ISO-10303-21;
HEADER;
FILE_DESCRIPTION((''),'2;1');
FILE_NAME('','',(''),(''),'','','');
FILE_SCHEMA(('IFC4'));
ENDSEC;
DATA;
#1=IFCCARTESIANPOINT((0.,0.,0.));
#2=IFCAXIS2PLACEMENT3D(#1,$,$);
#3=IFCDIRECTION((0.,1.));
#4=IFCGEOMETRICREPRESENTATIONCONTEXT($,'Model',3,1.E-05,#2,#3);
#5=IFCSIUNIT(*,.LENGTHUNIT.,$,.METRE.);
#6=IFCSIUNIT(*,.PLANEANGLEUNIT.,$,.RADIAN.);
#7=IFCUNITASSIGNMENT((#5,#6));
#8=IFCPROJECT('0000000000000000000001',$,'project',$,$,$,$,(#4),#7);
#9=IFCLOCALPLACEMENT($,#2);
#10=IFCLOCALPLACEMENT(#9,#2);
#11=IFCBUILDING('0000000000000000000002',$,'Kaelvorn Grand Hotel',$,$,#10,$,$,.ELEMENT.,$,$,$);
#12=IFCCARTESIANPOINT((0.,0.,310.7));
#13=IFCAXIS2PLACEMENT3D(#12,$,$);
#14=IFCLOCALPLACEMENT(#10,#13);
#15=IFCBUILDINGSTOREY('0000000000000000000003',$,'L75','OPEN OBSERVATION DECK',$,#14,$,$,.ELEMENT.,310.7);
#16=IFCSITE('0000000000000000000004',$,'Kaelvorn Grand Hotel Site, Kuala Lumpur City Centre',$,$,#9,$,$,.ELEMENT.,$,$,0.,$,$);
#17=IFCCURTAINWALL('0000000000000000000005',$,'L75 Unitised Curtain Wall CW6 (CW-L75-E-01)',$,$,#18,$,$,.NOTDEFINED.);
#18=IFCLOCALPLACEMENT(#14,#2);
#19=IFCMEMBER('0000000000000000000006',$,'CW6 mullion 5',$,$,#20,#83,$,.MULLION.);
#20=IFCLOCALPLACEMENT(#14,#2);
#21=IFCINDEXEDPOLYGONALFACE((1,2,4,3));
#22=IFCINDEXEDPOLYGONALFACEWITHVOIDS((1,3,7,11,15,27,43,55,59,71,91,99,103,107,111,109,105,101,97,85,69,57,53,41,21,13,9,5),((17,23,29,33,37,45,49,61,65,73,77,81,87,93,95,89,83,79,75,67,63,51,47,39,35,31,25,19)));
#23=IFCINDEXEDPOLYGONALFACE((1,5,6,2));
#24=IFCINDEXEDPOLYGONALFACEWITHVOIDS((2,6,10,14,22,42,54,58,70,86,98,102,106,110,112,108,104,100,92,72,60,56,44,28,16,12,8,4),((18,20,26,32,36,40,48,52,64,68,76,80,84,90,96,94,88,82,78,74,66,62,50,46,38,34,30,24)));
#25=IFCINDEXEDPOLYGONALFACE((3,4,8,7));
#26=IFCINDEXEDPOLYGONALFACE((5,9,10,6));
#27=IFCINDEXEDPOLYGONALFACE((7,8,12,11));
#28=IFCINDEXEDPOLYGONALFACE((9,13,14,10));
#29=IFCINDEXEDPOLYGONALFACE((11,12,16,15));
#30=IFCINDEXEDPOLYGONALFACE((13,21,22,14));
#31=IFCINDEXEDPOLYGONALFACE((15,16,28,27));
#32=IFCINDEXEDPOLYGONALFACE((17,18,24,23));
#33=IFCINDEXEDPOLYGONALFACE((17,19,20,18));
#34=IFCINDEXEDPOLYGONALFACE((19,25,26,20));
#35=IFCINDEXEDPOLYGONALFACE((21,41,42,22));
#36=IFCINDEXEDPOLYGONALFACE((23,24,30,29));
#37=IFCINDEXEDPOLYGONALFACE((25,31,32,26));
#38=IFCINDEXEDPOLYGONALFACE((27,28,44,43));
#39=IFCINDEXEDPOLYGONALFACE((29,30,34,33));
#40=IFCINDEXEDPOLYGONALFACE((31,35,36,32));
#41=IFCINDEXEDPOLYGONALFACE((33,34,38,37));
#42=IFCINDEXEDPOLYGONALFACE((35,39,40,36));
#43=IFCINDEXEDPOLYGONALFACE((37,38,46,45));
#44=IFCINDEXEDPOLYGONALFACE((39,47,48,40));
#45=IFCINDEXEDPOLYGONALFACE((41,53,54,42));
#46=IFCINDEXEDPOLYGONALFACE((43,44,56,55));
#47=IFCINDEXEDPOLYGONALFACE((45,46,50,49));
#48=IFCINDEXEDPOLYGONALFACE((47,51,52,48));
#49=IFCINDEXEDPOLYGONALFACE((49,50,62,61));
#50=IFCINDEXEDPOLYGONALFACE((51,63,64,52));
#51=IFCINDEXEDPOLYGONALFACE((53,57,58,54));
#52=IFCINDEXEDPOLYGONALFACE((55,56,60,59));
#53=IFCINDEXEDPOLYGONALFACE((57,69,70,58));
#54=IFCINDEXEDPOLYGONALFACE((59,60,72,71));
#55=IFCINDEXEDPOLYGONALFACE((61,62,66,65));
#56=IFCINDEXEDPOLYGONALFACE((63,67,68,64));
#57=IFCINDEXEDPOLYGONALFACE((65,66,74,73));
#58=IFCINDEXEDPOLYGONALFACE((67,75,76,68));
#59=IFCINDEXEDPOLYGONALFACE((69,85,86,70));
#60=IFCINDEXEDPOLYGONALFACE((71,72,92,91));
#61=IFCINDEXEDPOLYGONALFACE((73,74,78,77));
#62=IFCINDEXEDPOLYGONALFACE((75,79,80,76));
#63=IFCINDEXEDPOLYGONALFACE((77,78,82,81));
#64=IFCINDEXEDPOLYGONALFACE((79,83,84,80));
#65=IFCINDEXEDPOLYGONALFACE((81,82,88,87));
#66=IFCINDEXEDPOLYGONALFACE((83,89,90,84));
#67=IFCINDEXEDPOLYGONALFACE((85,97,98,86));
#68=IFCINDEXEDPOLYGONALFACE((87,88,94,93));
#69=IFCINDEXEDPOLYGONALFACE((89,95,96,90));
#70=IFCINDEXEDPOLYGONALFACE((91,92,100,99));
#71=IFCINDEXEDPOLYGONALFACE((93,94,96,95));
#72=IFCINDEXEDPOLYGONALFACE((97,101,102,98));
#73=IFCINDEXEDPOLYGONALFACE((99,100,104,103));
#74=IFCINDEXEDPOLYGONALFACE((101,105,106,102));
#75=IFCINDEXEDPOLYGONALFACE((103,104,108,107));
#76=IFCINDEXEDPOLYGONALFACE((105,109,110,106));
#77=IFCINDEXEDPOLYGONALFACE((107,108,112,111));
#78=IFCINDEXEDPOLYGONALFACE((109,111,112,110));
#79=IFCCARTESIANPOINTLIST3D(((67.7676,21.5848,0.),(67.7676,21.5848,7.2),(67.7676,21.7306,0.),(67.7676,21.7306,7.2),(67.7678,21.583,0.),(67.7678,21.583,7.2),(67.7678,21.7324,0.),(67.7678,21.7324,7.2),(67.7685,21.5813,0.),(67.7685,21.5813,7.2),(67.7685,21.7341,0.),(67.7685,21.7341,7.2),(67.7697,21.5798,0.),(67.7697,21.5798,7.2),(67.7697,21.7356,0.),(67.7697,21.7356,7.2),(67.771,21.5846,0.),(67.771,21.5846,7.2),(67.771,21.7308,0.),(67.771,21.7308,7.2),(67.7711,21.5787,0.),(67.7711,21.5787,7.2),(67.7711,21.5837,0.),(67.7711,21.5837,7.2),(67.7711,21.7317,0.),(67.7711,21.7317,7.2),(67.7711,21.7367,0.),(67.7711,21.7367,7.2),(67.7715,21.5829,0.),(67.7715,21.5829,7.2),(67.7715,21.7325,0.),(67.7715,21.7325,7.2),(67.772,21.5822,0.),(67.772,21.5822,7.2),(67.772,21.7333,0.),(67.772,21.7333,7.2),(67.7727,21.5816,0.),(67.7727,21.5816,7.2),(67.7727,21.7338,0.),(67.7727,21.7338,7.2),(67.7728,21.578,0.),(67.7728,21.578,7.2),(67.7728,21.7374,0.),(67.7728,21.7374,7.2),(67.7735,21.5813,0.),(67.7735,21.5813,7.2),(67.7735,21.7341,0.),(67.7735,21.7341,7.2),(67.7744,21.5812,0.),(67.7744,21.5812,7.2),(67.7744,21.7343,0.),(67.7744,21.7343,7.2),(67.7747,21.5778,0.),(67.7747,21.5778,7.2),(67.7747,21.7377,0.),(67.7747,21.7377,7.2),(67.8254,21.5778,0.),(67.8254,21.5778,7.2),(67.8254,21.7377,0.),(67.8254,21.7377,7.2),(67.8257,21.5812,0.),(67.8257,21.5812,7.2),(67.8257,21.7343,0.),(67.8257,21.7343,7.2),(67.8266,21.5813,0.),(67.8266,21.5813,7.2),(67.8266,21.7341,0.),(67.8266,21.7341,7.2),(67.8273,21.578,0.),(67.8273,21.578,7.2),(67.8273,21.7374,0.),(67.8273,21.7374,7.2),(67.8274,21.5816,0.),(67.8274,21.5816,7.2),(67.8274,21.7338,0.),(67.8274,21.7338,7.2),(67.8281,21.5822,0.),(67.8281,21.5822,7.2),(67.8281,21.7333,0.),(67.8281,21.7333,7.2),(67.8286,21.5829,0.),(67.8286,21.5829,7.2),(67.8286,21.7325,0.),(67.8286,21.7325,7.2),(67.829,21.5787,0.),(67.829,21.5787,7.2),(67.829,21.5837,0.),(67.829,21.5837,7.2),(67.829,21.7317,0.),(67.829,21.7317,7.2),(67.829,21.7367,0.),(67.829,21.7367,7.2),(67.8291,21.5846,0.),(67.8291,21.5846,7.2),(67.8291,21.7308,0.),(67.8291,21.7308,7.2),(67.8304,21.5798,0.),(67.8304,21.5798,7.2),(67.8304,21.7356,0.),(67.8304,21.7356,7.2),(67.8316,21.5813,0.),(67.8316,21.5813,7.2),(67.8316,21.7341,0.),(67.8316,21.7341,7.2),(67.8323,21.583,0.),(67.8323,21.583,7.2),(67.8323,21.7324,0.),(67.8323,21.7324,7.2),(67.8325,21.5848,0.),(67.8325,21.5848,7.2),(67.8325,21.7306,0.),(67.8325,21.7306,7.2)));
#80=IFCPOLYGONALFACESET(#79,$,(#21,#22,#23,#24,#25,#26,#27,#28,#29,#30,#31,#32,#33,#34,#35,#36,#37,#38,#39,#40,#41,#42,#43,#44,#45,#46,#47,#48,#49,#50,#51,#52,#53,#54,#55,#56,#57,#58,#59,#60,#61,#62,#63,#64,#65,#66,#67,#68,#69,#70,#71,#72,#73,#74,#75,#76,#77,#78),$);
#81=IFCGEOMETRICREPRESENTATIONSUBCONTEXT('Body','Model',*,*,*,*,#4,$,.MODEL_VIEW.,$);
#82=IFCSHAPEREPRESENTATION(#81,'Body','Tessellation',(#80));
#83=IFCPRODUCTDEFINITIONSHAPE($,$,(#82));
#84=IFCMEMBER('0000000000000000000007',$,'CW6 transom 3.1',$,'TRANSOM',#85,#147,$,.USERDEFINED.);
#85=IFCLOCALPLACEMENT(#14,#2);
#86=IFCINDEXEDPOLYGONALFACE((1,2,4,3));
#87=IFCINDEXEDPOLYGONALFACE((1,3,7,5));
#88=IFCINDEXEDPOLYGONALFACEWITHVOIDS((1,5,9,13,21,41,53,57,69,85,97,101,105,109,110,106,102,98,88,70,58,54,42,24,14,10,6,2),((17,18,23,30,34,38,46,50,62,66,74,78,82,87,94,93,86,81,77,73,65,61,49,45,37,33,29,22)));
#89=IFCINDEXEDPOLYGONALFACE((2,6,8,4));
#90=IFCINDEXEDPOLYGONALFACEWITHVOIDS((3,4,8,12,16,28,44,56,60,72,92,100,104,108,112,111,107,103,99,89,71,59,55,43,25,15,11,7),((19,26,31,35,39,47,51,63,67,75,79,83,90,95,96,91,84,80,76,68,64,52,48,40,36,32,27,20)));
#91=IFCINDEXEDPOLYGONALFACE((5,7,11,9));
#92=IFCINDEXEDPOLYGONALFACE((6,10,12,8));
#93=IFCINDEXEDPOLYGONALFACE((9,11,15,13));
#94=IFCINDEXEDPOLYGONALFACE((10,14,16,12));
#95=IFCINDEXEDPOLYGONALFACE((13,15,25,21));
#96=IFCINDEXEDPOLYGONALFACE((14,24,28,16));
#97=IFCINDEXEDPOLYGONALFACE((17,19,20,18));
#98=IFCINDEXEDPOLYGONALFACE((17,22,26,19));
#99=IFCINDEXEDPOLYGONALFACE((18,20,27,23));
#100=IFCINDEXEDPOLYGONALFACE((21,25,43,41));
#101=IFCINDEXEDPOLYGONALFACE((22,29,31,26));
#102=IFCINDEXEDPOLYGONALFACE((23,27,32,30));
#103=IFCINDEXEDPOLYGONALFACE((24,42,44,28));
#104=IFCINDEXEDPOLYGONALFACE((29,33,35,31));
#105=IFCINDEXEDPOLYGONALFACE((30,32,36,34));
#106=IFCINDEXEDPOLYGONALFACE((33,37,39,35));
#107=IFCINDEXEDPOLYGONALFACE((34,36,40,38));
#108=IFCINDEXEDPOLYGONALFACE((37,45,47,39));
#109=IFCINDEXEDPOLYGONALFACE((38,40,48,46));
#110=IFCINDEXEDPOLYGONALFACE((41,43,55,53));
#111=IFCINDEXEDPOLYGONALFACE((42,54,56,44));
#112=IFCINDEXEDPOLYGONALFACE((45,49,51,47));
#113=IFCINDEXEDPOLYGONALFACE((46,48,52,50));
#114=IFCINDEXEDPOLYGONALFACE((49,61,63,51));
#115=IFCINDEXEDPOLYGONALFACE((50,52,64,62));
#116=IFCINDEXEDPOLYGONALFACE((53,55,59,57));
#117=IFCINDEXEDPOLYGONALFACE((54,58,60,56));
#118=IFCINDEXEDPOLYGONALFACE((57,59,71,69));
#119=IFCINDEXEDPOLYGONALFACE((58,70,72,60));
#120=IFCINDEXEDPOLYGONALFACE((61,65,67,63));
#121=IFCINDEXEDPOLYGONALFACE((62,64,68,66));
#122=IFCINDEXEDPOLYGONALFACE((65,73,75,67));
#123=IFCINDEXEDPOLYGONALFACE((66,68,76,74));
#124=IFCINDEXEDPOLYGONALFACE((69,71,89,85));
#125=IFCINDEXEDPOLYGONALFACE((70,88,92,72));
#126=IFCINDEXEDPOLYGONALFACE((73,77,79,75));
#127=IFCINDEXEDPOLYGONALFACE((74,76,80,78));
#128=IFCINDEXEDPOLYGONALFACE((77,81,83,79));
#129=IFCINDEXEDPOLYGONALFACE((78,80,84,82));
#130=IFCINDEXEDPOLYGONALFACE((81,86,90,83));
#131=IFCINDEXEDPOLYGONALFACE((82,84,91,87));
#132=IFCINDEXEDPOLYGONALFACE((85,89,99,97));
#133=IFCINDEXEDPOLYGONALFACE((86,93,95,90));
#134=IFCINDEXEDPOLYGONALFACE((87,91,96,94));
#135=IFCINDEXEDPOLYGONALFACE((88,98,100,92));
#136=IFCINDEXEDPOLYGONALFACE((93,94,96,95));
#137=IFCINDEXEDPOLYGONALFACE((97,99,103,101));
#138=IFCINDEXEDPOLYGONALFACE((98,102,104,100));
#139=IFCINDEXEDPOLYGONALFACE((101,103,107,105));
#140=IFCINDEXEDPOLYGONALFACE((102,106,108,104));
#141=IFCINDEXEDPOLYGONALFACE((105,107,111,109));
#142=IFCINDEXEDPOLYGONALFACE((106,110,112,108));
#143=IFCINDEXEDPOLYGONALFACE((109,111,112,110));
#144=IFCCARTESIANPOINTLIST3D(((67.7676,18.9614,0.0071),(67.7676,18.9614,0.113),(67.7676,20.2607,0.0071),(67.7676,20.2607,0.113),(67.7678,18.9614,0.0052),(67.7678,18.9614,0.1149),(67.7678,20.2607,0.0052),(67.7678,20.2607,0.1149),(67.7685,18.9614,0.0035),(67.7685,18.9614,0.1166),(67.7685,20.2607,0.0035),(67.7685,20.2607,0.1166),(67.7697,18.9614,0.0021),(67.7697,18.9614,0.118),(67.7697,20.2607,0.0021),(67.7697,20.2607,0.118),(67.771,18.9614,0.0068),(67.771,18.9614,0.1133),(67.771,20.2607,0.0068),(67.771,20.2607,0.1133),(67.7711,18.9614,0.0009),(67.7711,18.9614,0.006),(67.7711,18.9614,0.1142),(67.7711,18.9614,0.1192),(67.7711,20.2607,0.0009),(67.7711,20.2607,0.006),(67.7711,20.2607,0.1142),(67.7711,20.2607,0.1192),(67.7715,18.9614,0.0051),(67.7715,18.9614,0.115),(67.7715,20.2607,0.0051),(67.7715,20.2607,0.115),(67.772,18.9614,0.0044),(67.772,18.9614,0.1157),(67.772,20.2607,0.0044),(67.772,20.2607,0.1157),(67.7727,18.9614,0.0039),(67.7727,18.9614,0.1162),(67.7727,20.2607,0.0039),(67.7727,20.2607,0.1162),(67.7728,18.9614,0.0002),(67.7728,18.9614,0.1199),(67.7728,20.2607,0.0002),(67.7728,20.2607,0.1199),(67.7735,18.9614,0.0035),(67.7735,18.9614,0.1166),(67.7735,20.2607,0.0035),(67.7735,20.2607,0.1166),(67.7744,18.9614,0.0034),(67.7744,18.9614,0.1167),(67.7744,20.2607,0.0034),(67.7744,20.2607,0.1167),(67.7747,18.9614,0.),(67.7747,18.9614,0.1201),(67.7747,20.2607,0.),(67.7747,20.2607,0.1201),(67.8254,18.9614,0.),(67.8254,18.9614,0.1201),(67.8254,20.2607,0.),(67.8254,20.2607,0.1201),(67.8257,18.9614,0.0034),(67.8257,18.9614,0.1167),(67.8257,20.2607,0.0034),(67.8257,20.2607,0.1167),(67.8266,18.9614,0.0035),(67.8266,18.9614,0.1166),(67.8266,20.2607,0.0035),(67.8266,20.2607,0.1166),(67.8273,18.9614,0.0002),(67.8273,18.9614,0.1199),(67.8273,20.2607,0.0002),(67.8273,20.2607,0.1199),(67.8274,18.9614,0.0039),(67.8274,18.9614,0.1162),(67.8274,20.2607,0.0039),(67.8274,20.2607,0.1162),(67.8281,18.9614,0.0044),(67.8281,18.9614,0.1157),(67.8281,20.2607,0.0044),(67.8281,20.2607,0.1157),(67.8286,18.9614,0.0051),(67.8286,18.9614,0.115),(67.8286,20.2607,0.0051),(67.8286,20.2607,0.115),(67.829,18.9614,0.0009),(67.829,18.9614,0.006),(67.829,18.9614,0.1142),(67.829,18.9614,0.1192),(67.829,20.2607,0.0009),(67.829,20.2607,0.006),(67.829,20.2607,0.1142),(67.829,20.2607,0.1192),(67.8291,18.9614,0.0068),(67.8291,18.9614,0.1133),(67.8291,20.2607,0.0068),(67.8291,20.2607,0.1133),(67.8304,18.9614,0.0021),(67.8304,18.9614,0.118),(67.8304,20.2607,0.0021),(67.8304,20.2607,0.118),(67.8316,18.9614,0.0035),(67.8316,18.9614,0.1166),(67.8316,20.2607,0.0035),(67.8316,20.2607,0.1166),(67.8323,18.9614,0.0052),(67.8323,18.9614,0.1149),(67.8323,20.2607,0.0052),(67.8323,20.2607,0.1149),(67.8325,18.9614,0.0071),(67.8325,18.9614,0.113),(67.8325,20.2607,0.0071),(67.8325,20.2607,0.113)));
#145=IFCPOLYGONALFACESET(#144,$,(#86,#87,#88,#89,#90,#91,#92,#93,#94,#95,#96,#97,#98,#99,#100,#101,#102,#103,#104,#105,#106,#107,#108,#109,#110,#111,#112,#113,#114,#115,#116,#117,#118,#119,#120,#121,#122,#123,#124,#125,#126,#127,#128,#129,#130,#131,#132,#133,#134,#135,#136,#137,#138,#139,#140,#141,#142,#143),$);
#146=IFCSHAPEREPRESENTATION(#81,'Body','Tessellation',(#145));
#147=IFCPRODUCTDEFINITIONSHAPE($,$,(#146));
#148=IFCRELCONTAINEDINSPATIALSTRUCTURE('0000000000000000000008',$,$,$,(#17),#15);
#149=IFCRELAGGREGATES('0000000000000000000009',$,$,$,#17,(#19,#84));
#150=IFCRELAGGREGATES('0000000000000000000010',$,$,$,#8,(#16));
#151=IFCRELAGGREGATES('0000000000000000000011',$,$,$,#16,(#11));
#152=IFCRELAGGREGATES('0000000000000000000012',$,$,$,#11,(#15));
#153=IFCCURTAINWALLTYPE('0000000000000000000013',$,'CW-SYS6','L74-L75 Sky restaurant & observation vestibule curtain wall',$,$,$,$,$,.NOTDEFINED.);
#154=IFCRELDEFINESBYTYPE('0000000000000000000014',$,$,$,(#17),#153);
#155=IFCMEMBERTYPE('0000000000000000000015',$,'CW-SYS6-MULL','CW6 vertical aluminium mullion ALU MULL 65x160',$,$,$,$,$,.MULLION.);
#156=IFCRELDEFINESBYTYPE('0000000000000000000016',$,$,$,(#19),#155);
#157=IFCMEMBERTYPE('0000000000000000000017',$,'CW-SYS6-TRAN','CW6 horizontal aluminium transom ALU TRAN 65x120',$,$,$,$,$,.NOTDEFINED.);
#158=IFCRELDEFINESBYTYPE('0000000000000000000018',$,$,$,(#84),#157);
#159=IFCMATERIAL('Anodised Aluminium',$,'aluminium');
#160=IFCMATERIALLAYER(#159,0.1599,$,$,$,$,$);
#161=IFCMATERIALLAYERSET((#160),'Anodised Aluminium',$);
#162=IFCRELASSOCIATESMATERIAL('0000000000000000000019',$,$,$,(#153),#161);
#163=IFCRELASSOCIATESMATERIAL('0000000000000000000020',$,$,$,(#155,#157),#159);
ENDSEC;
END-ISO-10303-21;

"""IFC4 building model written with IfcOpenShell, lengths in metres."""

from ifc_helpers import new_model, si_unit, direction, frame, origin, origin_2d, place, context, subcontext, project, spatial, hollow_rectangle, extrude, material, layer, layer_set, material_profile, profile_set, type_object, element, aggregate, save


model = new_model("IFC4")

# Units and contexts
model_context = context("Model", 3, precision=1e-05, world=origin(), true_north=direction((0.0, 1.0)))
body_context = subcontext(model_context, "Body", "Model", "MODEL_VIEW")
ifc_project = project(units=[si_unit("LENGTHUNIT", "METRE"), si_unit("PLANEANGLEUNIT", "RADIAN")], contexts=[model_context])

# Site, building, storey
site_placement = place(None, origin())
site = spatial("IfcSite", under=ifc_project, at=site_placement, Name="Kaelvorn Grand Hotel Site, Kuala Lumpur City Centre", CompositionType="ELEMENT", RefElevation=0.0)
building_placement = place(site_placement, origin())
building = spatial("IfcBuilding", under=site, at=building_placement, Name="Kaelvorn Grand Hotel", CompositionType="ELEMENT")
storey_placement = place(building_placement, frame((0.0, 0.0, 310.7)))
storey = spatial("IfcBuildingStorey", under=building, at=storey_placement, Name="L75", Description="OPEN OBSERVATION DECK", CompositionType="ELEMENT", Elevation=310.7)

# Curtain wall, members
ifc_material_1 = material(Name="Anodised Aluminium", Category="aluminium")
ifc_layer_1 = layer(ifc_material_1, 0.1599)
ifc_layer_set_1 = layer_set([ifc_layer_1], Name="Anodised Aluminium")
curtain_wall_type = type_object("IfcCurtainWallType", Name="CW-SYS6", Description="L74-L75 Sky restaurant & observation vestibule curtain wall", PredefinedType="NOTDEFINED", material=ifc_layer_set_1)
curtain_wall_placement = place(storey_placement, origin())
curtain_wall = element("IfcCurtainWall", 1, at=curtain_wall_placement, inside=storey, type_object=curtain_wall_type, Name="L75 Unitised Curtain Wall CW6 (CW-L75-E-01)", PredefinedType="NOTDEFINED")
ifc_material_profile_1 = material_profile(ifc_material_1, hollow_rectangle(XDim=0.0649, YDim=0.1599, WallThickness=0.0034, InnerFilletRadius=0.0034, OuterFilletRadius=0.0071, at=origin_2d()), Name="ALU MULL 65x160")
ifc_profile_set_1 = profile_set([ifc_material_profile_1], Name="Anodised Aluminium")
member_type_1 = type_object("IfcMemberType", Name="CW-SYS6-MULL", Description="CW6 vertical aluminium mullion ALU MULL 65x160", PredefinedType="MULLION", material=ifc_profile_set_1)
member_1_placement = place(storey_placement, frame((67.8, 21.6577, 0.0), z_axis=(0.0, 0.0, 1.0), x_axis=(-1.0, 0.0, 0.0)))
member_1 = element("IfcMember", 2, at=member_1_placement, type_object=member_type_1, Name="CW6 mullion 5", PredefinedType="MULLION", context=body_context, shape_type="SweptSolid", body=[
    extrude(hollow_rectangle(XDim=0.0649, YDim=0.1599, WallThickness=0.0034, InnerFilletRadius=0.0034, OuterFilletRadius=0.0071, at=origin_2d()), origin(), (0.0, 0.0, 1.0), 7.2),
])
ifc_material_profile_2 = material_profile(ifc_material_1, hollow_rectangle(XDim=0.0649, YDim=0.1201, WallThickness=0.0034, InnerFilletRadius=0.0034, OuterFilletRadius=0.0071, at=origin_2d()), Name="ALU TRAN 65x120")
ifc_profile_set_2 = profile_set([ifc_material_profile_2], Name="Anodised Aluminium")
member_type_2 = type_object("IfcMemberType", Name="CW-SYS6-TRAN", Description="CW6 horizontal aluminium transom ALU TRAN 65x120", PredefinedType="NOTDEFINED", material=ifc_profile_set_2)
member_2_placement = place(storey_placement, frame((67.8, 18.9614, 0.0601), z_axis=(0.0, 1.0, 0.0), x_axis=(-1.0, 0.0, 0.0)))
member_2 = element("IfcMember", 3, at=member_2_placement, type_object=member_type_2, Name="CW6 transom 3.1", ObjectType="TRANSOM", PredefinedType="USERDEFINED", context=body_context, shape_type="SweptSolid", body=[
    extrude(hollow_rectangle(XDim=0.0649, YDim=0.1201, WallThickness=0.0034, InnerFilletRadius=0.0034, OuterFilletRadius=0.0071, at=origin_2d()), origin(), (0.0, 0.0, 1.0), 1.2993),
])
aggregate(curtain_wall, [member_1, member_2])

save(model, "model.ifc")
